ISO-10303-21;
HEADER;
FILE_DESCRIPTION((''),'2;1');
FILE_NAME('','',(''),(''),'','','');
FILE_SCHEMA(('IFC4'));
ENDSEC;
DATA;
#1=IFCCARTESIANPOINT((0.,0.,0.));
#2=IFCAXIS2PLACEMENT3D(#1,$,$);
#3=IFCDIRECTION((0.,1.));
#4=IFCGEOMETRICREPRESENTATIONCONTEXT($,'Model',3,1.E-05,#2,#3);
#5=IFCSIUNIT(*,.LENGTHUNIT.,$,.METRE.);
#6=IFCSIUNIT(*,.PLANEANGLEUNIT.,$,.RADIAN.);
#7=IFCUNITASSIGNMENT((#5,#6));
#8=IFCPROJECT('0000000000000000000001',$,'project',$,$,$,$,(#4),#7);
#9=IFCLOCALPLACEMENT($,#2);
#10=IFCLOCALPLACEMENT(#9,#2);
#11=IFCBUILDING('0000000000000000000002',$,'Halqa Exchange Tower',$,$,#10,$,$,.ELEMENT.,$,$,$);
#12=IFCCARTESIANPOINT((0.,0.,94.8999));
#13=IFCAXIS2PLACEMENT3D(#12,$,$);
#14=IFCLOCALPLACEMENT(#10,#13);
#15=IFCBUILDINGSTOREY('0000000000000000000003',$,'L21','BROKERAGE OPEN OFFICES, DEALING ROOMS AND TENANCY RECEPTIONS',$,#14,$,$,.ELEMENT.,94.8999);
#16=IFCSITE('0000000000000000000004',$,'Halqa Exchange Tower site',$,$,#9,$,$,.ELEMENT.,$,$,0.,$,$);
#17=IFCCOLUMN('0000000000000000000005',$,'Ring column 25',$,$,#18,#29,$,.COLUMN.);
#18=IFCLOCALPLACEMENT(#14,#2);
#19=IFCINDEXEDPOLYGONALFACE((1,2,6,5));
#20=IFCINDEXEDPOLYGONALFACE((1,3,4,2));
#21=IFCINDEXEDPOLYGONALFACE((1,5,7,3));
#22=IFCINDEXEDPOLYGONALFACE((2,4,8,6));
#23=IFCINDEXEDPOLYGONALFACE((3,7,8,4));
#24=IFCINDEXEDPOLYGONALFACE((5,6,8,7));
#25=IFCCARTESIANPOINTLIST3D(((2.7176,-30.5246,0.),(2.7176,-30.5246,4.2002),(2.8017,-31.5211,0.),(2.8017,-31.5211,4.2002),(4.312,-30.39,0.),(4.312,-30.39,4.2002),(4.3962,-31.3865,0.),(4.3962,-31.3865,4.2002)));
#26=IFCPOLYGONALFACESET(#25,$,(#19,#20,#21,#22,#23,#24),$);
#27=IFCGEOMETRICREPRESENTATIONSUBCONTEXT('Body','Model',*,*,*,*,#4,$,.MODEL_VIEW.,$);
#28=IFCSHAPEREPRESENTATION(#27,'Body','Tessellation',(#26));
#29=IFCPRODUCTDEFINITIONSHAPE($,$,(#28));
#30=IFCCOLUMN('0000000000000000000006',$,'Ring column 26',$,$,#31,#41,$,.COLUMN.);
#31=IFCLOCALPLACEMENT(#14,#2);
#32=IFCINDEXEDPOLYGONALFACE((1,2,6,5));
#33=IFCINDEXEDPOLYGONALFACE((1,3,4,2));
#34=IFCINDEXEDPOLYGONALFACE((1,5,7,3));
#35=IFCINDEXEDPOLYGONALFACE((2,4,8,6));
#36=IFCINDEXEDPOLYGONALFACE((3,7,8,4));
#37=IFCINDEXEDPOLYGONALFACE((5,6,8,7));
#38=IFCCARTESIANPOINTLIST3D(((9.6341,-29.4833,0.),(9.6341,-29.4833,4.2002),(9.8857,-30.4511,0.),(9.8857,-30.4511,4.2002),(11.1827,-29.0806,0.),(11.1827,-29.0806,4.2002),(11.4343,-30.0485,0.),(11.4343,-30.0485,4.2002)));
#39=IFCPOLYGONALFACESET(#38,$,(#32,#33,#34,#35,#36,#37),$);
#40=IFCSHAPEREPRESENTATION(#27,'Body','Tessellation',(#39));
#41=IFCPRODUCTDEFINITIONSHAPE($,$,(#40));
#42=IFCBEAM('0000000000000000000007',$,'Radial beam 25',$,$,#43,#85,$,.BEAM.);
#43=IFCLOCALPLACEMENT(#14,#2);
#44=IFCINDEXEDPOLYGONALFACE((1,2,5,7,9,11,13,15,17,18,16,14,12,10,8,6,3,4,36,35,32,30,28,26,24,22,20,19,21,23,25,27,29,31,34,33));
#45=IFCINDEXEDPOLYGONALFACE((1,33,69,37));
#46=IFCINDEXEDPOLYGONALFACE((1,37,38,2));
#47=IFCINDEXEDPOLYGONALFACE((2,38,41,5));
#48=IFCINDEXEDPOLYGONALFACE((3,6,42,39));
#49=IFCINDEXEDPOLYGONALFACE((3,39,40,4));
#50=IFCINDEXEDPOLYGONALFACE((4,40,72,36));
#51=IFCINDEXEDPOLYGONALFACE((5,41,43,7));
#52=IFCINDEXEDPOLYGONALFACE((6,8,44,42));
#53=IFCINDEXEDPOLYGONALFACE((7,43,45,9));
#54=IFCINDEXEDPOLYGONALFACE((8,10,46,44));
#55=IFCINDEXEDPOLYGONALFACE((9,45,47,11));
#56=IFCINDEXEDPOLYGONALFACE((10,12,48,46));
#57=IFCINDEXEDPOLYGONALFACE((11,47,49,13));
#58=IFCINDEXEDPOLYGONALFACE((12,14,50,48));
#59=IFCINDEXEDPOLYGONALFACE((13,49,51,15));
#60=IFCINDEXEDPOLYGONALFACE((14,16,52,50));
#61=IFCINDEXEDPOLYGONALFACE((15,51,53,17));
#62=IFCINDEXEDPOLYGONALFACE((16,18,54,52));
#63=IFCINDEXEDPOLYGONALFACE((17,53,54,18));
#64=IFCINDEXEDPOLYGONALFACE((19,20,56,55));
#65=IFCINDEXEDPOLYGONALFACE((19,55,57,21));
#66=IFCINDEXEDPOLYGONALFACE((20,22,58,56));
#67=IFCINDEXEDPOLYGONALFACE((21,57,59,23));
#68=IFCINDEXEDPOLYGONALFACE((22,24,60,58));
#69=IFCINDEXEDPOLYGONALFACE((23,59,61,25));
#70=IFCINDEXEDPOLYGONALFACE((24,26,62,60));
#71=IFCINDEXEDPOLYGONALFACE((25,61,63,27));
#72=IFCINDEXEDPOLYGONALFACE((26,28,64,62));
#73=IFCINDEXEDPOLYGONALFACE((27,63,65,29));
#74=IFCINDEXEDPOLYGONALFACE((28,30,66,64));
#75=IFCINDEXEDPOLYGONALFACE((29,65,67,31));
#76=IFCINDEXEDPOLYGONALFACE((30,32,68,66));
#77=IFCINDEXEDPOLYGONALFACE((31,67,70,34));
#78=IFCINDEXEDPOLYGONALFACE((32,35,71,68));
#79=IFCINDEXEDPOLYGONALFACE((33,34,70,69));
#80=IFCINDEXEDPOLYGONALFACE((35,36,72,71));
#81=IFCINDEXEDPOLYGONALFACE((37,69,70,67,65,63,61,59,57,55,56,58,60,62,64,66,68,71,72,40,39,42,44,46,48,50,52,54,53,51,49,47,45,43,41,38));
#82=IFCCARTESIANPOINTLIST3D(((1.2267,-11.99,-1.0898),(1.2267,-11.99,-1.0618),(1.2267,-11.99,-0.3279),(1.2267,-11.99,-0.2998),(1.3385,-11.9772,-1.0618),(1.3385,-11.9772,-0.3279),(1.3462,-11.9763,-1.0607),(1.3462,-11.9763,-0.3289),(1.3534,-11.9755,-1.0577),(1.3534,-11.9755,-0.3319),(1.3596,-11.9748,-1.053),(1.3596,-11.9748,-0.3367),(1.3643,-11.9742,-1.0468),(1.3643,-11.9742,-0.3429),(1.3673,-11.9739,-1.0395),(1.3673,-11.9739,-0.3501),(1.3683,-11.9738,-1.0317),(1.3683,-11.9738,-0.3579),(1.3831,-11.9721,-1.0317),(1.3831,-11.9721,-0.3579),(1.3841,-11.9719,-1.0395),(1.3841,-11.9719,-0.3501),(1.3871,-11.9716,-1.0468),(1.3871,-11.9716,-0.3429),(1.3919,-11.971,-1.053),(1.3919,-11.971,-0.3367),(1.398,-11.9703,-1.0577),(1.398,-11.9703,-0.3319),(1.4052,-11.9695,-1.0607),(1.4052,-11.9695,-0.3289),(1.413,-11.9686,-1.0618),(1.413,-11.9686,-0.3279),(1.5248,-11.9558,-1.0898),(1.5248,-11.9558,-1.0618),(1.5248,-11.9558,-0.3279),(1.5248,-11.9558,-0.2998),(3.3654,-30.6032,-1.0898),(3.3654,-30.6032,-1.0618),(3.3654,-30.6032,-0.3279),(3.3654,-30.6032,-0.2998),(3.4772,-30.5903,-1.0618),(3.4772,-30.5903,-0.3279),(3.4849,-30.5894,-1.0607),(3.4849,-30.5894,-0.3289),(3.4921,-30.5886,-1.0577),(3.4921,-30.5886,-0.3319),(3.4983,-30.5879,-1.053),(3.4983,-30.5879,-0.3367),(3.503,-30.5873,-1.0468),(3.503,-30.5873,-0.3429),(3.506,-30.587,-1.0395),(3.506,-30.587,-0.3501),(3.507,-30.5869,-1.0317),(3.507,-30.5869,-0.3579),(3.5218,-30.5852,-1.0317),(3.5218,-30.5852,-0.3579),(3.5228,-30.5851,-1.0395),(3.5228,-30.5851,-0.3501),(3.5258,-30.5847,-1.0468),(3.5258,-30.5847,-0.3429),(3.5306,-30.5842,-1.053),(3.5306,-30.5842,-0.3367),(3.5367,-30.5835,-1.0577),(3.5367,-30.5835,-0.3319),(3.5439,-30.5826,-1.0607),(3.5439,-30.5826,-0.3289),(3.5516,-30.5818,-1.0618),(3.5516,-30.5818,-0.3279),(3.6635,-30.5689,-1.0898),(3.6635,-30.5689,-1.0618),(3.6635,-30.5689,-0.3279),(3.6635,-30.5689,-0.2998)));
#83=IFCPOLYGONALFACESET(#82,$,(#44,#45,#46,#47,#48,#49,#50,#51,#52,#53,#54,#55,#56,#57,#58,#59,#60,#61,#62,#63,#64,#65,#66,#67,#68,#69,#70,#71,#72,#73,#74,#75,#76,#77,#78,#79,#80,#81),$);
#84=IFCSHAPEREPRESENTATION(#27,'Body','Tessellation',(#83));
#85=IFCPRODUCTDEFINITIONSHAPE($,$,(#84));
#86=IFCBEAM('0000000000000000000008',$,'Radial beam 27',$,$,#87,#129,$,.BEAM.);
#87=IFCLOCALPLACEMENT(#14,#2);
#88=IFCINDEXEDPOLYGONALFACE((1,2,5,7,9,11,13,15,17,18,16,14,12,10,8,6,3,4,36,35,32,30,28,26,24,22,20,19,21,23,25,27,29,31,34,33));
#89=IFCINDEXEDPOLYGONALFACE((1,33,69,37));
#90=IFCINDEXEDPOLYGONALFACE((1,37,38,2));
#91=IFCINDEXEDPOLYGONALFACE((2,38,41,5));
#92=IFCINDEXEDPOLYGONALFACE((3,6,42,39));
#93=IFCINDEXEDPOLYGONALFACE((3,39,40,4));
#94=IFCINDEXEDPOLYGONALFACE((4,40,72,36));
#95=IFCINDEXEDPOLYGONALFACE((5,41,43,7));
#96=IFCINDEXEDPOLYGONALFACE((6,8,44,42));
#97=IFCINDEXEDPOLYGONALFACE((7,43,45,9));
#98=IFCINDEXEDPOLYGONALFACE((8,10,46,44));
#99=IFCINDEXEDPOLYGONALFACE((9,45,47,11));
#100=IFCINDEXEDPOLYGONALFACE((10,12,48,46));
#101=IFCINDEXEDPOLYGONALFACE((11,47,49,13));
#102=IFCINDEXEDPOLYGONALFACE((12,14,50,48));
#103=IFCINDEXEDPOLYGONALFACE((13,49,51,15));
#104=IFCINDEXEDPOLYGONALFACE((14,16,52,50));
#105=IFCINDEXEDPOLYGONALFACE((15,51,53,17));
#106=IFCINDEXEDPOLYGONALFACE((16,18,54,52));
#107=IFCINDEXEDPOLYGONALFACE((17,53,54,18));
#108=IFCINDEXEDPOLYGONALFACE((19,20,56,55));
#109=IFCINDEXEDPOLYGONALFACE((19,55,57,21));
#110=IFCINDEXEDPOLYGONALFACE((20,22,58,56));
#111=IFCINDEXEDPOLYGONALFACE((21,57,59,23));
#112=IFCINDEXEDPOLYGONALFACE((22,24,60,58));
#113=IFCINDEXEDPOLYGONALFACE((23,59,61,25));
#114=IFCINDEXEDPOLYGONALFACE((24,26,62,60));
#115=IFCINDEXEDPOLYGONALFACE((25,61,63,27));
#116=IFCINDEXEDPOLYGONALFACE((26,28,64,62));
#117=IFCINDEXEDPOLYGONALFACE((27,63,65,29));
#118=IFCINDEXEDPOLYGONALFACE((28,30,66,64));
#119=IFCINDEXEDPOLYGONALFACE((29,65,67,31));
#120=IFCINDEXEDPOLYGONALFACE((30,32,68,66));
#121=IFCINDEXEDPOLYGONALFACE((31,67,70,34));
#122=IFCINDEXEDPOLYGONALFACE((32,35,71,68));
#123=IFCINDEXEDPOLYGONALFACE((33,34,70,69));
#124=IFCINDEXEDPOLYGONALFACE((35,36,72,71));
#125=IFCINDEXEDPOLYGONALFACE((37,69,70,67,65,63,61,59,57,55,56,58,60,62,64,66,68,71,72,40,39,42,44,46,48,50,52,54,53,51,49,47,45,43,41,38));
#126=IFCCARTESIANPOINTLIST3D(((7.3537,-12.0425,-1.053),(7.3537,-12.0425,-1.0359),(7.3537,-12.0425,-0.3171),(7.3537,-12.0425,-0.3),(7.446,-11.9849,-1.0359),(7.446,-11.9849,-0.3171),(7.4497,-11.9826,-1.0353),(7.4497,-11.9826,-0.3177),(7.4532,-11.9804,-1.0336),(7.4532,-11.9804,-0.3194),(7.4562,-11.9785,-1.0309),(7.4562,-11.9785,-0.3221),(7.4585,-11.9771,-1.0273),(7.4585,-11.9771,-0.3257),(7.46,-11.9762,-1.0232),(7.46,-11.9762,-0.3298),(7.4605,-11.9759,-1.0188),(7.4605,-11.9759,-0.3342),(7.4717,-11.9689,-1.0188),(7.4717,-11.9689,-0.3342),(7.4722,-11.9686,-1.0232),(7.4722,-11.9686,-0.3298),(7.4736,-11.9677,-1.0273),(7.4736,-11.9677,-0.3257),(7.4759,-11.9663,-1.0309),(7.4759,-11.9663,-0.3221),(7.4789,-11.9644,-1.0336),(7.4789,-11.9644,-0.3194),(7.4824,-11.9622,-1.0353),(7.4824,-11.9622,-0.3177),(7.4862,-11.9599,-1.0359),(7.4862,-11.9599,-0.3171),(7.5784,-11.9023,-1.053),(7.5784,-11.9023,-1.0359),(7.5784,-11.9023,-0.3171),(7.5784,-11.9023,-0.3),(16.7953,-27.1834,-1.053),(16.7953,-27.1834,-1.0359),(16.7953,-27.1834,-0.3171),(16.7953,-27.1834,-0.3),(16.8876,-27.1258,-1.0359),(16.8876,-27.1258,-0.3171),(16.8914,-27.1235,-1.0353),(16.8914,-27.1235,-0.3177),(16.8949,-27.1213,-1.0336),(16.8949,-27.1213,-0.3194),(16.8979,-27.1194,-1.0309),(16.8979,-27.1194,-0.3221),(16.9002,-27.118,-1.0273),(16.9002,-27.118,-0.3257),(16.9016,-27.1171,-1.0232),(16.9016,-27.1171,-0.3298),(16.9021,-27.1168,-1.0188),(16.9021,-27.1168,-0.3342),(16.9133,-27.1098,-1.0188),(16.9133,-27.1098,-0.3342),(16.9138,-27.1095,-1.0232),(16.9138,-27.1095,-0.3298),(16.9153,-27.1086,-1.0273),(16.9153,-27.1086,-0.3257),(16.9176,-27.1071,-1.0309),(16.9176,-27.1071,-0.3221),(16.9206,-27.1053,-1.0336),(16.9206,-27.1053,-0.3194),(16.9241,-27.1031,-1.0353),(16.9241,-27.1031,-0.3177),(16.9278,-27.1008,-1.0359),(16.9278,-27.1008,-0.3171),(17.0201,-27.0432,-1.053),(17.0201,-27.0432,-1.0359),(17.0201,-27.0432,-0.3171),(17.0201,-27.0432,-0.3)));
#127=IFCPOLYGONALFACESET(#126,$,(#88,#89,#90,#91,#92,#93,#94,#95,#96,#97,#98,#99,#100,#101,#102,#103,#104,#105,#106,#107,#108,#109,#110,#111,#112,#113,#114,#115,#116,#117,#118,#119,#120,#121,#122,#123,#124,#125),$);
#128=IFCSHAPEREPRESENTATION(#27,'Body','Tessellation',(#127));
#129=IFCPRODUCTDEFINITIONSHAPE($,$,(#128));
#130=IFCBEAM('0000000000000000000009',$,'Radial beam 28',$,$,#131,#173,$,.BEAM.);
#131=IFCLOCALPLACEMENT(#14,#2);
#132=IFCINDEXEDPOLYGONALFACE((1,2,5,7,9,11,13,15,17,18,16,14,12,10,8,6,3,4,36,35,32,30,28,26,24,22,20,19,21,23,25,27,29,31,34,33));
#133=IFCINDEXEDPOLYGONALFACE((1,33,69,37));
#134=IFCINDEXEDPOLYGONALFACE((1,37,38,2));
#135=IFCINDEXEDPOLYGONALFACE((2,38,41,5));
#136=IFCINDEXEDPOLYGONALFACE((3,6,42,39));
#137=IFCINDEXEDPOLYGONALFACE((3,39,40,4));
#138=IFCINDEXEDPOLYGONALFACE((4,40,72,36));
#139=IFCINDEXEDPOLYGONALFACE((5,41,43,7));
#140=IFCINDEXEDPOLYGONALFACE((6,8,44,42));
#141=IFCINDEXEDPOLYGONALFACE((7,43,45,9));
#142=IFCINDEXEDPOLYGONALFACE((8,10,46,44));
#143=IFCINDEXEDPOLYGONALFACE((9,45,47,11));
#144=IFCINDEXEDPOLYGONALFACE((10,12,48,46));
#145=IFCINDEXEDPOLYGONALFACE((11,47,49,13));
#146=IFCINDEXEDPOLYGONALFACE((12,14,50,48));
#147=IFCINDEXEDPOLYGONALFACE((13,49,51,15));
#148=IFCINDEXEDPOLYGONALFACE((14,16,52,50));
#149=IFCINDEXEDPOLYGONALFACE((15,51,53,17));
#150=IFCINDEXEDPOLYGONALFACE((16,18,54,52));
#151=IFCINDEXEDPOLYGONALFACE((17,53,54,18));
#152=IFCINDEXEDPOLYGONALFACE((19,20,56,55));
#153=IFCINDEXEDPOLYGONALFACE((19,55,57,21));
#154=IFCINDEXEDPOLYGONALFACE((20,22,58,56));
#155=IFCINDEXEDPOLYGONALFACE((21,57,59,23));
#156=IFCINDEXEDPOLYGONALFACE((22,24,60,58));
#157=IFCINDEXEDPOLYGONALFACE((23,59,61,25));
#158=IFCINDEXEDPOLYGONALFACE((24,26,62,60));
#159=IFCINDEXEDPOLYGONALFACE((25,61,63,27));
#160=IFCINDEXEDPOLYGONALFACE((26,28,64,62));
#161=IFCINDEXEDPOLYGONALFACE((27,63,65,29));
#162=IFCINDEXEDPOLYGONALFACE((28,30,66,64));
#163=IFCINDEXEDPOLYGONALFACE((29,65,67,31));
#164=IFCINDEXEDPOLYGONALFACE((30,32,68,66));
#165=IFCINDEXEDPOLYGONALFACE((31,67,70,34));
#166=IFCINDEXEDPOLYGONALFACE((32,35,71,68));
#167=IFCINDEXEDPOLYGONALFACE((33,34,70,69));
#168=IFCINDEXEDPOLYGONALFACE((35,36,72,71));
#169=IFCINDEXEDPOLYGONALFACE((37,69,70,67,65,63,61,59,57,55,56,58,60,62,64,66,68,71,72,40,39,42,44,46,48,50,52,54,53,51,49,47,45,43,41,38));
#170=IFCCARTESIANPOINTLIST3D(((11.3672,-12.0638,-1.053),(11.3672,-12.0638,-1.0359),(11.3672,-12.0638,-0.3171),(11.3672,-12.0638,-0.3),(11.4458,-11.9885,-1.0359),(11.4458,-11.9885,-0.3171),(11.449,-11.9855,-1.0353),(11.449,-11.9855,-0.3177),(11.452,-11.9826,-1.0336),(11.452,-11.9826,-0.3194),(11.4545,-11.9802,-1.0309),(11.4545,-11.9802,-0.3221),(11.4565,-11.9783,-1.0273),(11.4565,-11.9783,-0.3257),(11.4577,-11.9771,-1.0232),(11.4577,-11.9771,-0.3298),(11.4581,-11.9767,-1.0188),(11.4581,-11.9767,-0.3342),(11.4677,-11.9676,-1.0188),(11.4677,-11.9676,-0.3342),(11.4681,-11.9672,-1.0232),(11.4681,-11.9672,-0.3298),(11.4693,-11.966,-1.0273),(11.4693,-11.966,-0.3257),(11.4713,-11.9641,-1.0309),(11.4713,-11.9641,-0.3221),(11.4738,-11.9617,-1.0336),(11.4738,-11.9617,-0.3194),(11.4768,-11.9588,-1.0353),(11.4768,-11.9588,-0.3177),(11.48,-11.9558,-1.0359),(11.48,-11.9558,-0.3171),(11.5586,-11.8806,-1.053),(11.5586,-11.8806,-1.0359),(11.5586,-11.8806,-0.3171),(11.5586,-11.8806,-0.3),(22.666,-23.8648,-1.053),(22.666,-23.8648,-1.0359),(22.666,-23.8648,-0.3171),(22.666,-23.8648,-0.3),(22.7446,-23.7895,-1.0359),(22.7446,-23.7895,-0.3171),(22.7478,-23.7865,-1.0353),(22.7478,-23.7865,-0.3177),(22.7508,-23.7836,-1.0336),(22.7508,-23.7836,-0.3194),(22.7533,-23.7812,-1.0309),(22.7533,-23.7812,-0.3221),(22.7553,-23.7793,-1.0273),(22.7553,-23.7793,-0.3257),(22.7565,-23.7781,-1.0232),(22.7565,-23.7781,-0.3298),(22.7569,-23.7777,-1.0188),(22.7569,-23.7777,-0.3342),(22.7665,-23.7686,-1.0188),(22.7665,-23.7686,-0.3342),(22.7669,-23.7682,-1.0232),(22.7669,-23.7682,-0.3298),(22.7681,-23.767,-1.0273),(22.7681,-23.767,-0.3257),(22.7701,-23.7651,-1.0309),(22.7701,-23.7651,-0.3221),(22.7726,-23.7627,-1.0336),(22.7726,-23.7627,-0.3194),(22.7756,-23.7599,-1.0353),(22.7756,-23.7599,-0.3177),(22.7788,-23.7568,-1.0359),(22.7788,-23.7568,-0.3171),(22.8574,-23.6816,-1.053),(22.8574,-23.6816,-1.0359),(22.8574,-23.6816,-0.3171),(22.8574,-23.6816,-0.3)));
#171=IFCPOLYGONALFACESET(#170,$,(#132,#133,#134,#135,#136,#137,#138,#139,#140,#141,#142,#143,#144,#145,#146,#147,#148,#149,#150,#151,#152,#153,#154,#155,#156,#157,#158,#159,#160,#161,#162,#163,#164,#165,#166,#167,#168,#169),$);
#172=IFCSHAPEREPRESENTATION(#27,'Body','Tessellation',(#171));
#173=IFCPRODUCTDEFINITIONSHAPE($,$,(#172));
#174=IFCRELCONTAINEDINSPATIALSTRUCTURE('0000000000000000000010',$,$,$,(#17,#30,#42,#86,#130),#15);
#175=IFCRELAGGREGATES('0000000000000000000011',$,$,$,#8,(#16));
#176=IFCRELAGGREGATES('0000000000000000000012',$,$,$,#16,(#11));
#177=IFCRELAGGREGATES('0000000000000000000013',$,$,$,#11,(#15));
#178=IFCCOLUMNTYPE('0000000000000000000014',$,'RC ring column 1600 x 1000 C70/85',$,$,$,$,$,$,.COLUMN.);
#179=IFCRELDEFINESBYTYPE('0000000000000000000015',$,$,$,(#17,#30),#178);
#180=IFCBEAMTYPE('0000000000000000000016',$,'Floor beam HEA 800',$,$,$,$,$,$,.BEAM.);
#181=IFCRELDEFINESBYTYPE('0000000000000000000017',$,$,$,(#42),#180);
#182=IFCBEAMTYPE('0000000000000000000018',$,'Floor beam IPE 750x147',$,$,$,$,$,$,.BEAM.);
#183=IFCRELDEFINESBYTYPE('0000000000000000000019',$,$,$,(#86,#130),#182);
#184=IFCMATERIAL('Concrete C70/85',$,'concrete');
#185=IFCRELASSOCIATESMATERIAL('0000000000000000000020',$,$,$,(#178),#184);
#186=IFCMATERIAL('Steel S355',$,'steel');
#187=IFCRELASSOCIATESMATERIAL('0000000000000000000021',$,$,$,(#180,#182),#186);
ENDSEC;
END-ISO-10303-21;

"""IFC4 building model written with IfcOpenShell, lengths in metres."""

from ifc_helpers import new_model, si_unit, direction, frame, origin, origin_2d, place, context, subcontext, project, spatial, rectangle, i_section, extrude, material, material_profile, profile_set, type_object, element, save


model = new_model("IFC4")

# Units and contexts
model_context = context("Model", 3, precision=1e-05, world=origin(), true_north=direction((0.0, 1.0)))
body_context = subcontext(model_context, "Body", "Model", "MODEL_VIEW")
ifc_project = project(units=[si_unit("LENGTHUNIT", "METRE"), si_unit("PLANEANGLEUNIT", "RADIAN")], contexts=[model_context])

# Site, building, storey
site_placement = place(None, origin())
site = spatial("IfcSite", under=ifc_project, at=site_placement, Name="Halqa Exchange Tower site", CompositionType="ELEMENT", RefElevation=0.0)
building_placement = place(site_placement, origin())
building = spatial("IfcBuilding", under=site, at=building_placement, Name="Halqa Exchange Tower", CompositionType="ELEMENT")
storey_placement = place(building_placement, frame((0.0, 0.0, 94.8999)))
storey = spatial("IfcBuildingStorey", under=building, at=storey_placement, Name="L21", Description="BROKERAGE OPEN OFFICES, DEALING ROOMS AND TENANCY RECEPTIONS", CompositionType="ELEMENT", Elevation=94.8999)

# Columns
ifc_material_1 = material(Name="Concrete C70/85", Category="concrete")
ifc_material_profile_1 = material_profile(ifc_material_1, rectangle(XDim=1.6001, YDim=1.0, at=origin_2d()), Name="1600 x 1000")
ifc_profile_set_1 = profile_set([ifc_material_profile_1], Name="Concrete C70/85")
column_type = type_object("IfcColumnType", Name="RC ring column 1600 x 1000 C70/85", PredefinedType="COLUMN", material=ifc_profile_set_1)
for number, where, z_axis, x_axis, name in (
    (1, (3.5569, -30.9556, 0.0), (0.0, 0.0, 1.0), (0.996456, 0.084121, 0.0), "Ring column 25"),
    (2, (10.5342, -29.7659, 0.0), (0.0, 0.0, 1.0), (0.96782, 0.251644, 0.0), "Ring column 26"),
):
    element("IfcColumn", number, at=place(storey_placement, frame(where, z_axis=z_axis, x_axis=x_axis)), inside=storey, type_object=column_type, Name=name, PredefinedType="COLUMN", context=body_context, shape_type="SweptSolid", body=[
        extrude(rectangle(XDim=1.6001, YDim=1.0, at=origin_2d()), origin(), (0.0, 0.0, 1.0), 4.2002),
    ])

# Beams
ifc_material_2 = material(Name="Steel S355", Category="steel")
ifc_material_profile_2 = material_profile(ifc_material_2, i_section(OverallWidth=0.3, OverallDepth=0.79, WebThickness=0.0149, FlangeThickness=0.0281, FilletRadius=0.03, at=origin_2d()), Name="HEA 800")
ifc_profile_set_2 = profile_set([ifc_material_profile_2], Name="Steel S355")
beam_type_1 = type_object("IfcBeamType", Name="Floor beam HEA 800", PredefinedType="BEAM", material=ifc_profile_set_2)
beam_1_placement = place(storey_placement, frame((1.3757, -11.9729, -0.6948), z_axis=(0.114151, -0.993463, 0.0), x_axis=(0.993463, 0.114151, 0.0)))
element("IfcBeam", 3, at=beam_1_placement, inside=storey, type_object=beam_type_1, Name="Radial beam 25", PredefinedType="BEAM", context=body_context, shape_type="SweptSolid", body=[
    extrude(i_section(OverallWidth=0.3, OverallDepth=0.79, WebThickness=0.0149, FlangeThickness=0.0281, FilletRadius=0.03, at=origin_2d()), origin(), (0.0, 0.0, 1.0), 18.7356),
])
ifc_material_profile_3 = material_profile(ifc_material_2, i_section(OverallWidth=0.2649, OverallDepth=0.7529, WebThickness=0.0132, FlangeThickness=0.0171, FilletRadius=0.0171, at=origin_2d()), Name="IPE 750x147")
ifc_profile_set_3 = profile_set([ifc_material_profile_3], Name="Steel S355")
beam_type_2 = type_object("IfcBeamType", Name="Floor beam IPE 750x147", PredefinedType="BEAM", material=ifc_profile_set_3)
beam_2_placement = place(storey_placement, frame((7.4661, -11.9724, -0.6765), z_axis=(0.529137, -0.848537, 0.0), x_axis=(0.848537, 0.529137, 0.0)))
element("IfcBeam", 4, at=beam_2_placement, inside=storey, type_object=beam_type_2, Name="Radial beam 27", PredefinedType="BEAM", context=body_context, shape_type="SweptSolid", body=[
    extrude(i_section(OverallWidth=0.2649, OverallDepth=0.7529, WebThickness=0.0132, FlangeThickness=0.0171, FilletRadius=0.0171, at=origin_2d()), origin(), (0.0, 0.0, 1.0), 17.8435),
])
beam_3_placement = place(storey_placement, frame((11.4629, -11.9722, -0.6765), z_axis=(0.691571, -0.722309, 0.0), x_axis=(0.722309, 0.691571, 0.0)))
element("IfcBeam", 5, at=beam_3_placement, inside=storey, type_object=beam_type_2, Name="Radial beam 28", PredefinedType="BEAM", context=body_context, shape_type="SweptSolid", body=[
    extrude(i_section(OverallWidth=0.2649, OverallDepth=0.7529, WebThickness=0.0132, FlangeThickness=0.0171, FilletRadius=0.0171, at=origin_2d()), origin(), (0.0, 0.0, 1.0), 16.3379),
])

save(model, "model.ifc")
